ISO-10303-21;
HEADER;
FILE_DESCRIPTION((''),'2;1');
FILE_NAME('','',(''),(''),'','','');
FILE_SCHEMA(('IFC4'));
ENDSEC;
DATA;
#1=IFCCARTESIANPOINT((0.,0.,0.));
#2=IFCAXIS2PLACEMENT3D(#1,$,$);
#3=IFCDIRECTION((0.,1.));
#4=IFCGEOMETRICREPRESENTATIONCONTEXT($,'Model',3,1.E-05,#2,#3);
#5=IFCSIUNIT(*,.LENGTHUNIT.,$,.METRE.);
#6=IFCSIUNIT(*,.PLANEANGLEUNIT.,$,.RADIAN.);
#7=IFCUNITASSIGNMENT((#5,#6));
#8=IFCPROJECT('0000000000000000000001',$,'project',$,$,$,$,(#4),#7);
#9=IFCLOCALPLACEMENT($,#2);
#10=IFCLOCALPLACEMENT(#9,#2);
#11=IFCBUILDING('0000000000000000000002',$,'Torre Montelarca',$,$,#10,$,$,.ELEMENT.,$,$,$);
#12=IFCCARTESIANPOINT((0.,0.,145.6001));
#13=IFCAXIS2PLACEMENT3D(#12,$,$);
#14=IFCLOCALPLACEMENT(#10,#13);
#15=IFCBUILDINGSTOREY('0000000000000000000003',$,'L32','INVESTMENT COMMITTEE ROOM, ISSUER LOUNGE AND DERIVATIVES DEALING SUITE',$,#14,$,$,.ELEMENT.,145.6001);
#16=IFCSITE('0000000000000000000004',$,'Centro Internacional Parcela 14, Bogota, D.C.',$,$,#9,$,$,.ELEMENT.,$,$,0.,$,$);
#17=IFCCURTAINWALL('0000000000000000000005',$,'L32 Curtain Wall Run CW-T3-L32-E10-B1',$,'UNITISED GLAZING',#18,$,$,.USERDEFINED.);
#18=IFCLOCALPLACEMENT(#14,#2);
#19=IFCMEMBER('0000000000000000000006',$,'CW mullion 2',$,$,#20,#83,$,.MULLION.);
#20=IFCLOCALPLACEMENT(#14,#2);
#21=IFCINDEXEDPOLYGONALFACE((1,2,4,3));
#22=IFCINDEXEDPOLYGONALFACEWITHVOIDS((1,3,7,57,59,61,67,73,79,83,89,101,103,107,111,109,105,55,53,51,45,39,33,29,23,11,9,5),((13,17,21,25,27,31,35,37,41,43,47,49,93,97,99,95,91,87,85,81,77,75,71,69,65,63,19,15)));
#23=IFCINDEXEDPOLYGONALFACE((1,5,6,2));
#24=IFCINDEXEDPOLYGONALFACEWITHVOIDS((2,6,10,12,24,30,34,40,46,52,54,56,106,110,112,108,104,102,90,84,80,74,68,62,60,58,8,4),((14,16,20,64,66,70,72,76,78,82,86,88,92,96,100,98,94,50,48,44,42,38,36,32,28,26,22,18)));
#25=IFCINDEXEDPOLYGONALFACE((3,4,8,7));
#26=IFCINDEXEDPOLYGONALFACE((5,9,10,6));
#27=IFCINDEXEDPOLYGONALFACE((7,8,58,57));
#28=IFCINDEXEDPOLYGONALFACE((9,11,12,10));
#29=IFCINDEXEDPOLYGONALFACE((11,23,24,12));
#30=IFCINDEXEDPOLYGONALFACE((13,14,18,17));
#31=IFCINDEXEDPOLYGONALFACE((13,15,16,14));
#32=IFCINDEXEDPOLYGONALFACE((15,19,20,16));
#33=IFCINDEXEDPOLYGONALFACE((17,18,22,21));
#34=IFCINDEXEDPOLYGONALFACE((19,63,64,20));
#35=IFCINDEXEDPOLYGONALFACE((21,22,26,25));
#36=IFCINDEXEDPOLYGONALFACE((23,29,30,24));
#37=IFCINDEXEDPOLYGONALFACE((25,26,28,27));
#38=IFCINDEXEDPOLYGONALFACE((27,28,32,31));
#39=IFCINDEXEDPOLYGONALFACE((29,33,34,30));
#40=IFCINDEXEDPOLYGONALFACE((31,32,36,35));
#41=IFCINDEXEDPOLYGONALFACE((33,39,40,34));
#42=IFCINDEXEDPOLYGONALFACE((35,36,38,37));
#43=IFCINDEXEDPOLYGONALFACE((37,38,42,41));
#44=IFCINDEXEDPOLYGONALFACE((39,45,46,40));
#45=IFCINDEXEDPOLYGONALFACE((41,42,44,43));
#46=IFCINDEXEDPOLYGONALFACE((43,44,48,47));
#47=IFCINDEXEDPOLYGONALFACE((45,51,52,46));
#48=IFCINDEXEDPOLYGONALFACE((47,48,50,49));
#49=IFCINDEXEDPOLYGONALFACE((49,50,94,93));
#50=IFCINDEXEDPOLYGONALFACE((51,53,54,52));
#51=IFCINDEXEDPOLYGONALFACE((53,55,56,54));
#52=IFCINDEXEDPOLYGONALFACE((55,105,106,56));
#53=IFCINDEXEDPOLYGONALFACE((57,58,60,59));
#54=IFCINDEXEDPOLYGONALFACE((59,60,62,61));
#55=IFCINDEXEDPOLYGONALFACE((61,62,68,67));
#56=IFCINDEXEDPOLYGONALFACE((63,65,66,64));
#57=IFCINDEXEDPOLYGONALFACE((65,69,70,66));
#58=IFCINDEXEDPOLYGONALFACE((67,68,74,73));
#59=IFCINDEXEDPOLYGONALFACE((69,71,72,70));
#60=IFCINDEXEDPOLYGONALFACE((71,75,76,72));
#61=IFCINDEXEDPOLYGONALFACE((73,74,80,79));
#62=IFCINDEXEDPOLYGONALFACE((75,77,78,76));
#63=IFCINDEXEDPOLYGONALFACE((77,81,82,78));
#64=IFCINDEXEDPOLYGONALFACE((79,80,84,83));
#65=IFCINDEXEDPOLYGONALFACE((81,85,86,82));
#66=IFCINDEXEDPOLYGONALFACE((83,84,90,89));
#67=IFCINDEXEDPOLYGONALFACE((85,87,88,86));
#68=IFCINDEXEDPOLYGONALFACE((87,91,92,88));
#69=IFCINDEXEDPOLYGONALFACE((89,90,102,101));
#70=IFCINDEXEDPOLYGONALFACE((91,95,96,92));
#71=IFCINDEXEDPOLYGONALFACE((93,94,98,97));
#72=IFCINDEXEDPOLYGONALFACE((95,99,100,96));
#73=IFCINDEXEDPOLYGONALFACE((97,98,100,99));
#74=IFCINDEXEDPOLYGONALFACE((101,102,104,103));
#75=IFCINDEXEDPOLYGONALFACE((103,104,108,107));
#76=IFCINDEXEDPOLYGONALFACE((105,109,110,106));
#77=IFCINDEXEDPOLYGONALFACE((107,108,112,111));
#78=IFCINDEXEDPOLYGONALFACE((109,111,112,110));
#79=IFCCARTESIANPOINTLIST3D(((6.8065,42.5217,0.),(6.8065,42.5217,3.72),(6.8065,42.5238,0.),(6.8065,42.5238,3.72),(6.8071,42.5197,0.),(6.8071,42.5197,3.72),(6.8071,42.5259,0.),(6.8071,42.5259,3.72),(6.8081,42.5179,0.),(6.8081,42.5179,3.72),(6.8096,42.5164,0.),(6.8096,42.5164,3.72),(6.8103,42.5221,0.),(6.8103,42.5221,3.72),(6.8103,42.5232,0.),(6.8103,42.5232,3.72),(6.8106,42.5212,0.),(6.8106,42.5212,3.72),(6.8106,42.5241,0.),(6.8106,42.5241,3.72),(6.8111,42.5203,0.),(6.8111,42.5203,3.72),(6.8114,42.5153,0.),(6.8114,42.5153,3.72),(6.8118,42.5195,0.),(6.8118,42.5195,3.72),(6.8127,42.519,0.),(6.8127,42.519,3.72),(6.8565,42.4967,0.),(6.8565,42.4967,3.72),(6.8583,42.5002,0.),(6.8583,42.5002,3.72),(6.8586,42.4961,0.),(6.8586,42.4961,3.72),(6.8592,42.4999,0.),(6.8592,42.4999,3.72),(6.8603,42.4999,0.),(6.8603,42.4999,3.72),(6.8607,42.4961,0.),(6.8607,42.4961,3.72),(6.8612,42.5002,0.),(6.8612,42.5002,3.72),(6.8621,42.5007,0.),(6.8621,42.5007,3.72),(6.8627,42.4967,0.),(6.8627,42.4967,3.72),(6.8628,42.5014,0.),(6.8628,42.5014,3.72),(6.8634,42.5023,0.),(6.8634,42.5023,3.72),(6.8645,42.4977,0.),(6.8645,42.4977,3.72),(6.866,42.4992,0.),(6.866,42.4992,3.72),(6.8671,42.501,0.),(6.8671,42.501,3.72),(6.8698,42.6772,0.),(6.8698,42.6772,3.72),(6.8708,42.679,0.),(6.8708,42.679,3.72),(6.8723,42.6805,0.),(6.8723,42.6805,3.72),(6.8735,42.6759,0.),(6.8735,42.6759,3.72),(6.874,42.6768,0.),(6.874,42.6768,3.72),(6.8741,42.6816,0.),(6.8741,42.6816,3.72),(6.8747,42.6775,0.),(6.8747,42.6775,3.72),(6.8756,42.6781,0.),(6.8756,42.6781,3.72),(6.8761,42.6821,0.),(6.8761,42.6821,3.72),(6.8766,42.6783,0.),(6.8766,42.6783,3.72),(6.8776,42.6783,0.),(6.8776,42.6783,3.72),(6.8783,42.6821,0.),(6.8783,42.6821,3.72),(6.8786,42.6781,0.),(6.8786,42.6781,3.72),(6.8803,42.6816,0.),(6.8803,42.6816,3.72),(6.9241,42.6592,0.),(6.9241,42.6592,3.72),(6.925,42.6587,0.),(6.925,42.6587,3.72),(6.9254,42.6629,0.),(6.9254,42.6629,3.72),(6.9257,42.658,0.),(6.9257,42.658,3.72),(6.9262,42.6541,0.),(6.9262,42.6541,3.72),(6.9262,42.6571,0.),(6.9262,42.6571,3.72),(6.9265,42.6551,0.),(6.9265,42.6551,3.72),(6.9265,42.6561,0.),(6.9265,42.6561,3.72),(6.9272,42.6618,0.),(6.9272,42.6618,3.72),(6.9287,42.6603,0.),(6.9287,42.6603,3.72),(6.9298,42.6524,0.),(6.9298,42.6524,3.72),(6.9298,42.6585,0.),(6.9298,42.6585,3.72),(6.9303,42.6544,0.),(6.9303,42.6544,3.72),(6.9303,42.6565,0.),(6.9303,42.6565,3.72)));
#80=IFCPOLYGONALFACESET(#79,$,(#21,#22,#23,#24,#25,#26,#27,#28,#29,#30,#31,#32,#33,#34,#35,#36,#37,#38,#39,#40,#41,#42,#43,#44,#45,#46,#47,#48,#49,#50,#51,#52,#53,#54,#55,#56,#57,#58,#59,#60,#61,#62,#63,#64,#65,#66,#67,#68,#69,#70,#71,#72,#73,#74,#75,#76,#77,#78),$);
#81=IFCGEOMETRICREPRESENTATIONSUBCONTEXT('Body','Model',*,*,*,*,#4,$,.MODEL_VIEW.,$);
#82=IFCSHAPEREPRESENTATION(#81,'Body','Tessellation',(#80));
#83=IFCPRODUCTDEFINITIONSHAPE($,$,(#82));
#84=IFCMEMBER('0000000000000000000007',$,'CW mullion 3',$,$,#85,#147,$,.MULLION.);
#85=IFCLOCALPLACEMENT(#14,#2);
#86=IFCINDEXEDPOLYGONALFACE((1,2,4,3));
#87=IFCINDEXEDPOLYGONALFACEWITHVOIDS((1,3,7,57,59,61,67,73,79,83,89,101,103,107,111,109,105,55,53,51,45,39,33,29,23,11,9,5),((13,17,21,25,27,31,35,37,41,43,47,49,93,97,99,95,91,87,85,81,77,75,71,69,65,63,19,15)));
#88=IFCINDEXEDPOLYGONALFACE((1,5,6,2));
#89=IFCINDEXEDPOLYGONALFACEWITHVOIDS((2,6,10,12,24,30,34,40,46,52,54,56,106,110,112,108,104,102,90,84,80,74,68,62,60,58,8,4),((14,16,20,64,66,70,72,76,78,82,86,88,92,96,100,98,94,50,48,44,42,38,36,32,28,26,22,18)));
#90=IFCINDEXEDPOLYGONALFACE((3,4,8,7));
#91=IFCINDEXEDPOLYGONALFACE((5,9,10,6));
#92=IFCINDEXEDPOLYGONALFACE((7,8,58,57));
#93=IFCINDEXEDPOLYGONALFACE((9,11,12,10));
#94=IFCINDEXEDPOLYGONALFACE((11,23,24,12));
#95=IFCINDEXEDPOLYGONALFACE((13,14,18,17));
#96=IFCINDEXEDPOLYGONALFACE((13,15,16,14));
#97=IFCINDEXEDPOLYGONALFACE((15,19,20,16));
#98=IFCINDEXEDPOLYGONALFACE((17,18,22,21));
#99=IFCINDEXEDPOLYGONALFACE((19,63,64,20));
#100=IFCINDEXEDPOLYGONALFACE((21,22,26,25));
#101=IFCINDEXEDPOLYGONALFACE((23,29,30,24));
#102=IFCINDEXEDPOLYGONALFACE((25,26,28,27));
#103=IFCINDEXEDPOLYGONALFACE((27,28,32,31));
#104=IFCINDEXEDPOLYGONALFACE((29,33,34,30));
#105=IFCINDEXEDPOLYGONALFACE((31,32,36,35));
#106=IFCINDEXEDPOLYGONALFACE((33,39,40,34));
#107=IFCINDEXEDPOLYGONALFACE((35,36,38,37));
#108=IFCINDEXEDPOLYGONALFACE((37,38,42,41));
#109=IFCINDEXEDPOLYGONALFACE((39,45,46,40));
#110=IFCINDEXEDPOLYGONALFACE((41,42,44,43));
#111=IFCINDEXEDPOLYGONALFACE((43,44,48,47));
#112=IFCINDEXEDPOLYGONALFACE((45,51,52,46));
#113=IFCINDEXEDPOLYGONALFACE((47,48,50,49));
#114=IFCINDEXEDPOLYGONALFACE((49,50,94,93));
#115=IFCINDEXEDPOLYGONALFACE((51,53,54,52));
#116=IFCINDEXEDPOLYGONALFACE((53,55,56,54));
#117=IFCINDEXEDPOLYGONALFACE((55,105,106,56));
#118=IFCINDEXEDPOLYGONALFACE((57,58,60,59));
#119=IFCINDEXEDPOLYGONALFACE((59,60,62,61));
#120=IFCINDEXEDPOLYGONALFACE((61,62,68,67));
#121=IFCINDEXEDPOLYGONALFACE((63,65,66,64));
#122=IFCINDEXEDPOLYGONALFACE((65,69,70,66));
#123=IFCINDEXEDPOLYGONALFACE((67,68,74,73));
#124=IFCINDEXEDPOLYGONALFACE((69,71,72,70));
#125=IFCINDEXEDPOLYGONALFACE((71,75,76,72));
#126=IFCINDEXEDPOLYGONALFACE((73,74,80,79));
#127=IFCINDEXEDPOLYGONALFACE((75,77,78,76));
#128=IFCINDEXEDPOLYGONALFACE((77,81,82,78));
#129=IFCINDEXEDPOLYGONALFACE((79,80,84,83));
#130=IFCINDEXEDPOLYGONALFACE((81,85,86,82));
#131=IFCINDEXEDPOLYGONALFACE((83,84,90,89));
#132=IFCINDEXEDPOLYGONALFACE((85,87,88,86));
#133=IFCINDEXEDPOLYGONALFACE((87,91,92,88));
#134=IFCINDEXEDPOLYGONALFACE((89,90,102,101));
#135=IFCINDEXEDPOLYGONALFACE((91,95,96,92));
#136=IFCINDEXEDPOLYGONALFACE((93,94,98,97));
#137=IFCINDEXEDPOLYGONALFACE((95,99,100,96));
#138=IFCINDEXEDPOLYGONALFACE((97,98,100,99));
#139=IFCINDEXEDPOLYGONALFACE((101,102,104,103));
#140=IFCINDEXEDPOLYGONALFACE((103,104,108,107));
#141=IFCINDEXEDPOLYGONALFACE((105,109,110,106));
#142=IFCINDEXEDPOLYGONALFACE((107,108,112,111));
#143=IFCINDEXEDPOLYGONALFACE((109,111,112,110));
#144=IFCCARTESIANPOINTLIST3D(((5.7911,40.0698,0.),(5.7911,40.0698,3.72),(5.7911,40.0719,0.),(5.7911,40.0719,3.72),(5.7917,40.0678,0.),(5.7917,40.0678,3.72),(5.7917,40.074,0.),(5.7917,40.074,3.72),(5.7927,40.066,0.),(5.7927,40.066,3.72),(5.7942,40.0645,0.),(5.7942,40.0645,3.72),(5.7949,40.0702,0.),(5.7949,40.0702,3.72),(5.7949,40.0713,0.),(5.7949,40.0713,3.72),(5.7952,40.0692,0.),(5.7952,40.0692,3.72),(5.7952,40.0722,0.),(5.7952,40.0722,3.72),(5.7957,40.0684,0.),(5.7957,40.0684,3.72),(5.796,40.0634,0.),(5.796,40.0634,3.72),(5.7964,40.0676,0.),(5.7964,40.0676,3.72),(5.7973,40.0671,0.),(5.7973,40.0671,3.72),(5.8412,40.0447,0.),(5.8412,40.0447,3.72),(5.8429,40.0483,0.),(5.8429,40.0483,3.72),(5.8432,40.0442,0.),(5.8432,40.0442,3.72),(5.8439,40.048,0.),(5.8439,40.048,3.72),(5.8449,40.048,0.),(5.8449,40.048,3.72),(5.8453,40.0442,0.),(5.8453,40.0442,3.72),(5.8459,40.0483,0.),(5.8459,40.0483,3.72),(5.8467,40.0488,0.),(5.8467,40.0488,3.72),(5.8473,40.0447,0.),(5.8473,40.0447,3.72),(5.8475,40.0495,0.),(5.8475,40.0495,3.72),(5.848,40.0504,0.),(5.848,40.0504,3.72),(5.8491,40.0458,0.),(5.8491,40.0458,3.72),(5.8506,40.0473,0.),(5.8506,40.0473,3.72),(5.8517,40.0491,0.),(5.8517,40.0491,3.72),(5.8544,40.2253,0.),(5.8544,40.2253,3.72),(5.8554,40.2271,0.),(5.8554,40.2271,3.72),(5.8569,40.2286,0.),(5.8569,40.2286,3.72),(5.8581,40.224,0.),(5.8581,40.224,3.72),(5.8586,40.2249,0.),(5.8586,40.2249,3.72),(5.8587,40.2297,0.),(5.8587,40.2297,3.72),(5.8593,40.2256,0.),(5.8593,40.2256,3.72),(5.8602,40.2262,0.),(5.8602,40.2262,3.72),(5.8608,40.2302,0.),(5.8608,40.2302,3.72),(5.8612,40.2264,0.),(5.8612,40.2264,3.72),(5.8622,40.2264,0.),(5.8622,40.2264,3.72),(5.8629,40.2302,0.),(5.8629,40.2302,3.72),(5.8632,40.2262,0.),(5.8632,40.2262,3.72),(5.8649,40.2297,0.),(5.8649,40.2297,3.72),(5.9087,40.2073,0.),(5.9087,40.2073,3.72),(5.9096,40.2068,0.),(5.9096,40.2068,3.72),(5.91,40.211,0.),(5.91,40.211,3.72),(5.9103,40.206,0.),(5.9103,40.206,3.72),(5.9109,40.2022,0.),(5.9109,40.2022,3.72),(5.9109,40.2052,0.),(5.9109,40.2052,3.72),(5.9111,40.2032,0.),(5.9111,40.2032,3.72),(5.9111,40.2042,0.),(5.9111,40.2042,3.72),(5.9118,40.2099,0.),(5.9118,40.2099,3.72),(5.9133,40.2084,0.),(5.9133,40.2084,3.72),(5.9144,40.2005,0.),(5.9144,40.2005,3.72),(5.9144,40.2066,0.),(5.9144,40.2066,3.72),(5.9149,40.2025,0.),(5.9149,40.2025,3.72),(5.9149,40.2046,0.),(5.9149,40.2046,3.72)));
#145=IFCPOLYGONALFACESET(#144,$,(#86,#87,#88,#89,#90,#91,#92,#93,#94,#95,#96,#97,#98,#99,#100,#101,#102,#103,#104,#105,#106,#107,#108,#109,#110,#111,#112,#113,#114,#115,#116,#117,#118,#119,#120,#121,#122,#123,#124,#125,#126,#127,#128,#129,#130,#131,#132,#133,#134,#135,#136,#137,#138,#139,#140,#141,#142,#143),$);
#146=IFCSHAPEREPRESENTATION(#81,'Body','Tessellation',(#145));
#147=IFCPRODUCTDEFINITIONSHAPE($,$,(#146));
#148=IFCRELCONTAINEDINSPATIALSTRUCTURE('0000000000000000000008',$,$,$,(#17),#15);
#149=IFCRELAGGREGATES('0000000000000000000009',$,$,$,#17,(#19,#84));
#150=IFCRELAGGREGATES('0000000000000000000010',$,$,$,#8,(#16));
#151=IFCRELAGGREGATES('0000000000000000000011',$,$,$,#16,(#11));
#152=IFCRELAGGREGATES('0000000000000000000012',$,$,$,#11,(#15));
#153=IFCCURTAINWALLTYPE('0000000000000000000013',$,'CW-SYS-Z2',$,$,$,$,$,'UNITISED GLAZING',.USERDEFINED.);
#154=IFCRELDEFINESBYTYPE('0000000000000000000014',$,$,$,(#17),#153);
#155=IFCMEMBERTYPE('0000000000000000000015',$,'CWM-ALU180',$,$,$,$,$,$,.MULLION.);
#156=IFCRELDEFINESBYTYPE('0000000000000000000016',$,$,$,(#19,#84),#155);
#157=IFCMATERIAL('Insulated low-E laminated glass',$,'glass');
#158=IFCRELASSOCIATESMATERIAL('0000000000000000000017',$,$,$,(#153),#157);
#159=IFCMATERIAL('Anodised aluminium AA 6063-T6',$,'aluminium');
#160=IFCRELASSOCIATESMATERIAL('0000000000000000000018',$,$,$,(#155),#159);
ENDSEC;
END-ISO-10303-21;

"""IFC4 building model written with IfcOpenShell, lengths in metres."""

from ifc_helpers import new_model, si_unit, direction, frame, origin, origin_2d, place, context, subcontext, project, spatial, hollow_rectangle, extrude, source, transform, mapped, material, material_profile, profile_set, type_object, element, aggregate, save


model = new_model("IFC4")

# Units and contexts
model_context = context("Model", 3, precision=1e-05, world=origin(), true_north=direction((0.0, 1.0)))
body_context = subcontext(model_context, "Body", "Model", "MODEL_VIEW")
ifc_project = project(units=[si_unit("LENGTHUNIT", "METRE"), si_unit("PLANEANGLEUNIT", "RADIAN")], contexts=[model_context])

# Site, building, storey
site_placement = place(None, origin())
site = spatial("IfcSite", under=ifc_project, at=site_placement, Name="Centro Internacional Parcela 14, Bogota, D.C.", CompositionType="ELEMENT", RefElevation=0.0)
building_placement = place(site_placement, origin())
building = spatial("IfcBuilding", under=site, at=building_placement, Name="Torre Montelarca", CompositionType="ELEMENT")
storey_placement = place(building_placement, frame((0.0, 0.0, 145.6001)))
storey = spatial("IfcBuildingStorey", under=building, at=storey_placement, Name="L32", Description="INVESTMENT COMMITTEE ROOM, ISSUER LOUNGE AND DERIVATIVES DEALING SUITE", CompositionType="ELEMENT", Elevation=145.6001)

# Curtain wall
ifc_material_1 = material(Name="Insulated low-E laminated glass", Category="glass")
curtain_wall_type = type_object("IfcCurtainWallType", Name="CW-SYS-Z2", ElementType="UNITISED GLAZING", PredefinedType="USERDEFINED", material=ifc_material_1)
ifc_material_2 = material(Name="Anodised aluminium AA 6063-T6", Category="aluminium")
curtain_wall_1_placement = place(storey_placement, origin())
curtain_wall_1 = element("IfcCurtainWall", 1, at=curtain_wall_1_placement, inside=storey, type_object=curtain_wall_type, Name="L32 Curtain Wall Run CW-T3-L32-E10-B1", ObjectType="UNITISED GLAZING", PredefinedType="USERDEFINED")
ifc_material_profile_1 = material_profile(ifc_material_2, hollow_rectangle(XDim=0.0649, YDim=0.1799, WallThickness=0.0039, InnerFilletRadius=0.0039, OuterFilletRadius=0.0081, at=origin_2d()), Name="ALU65X180X4", Category="aluminium")
ifc_profile_set_1 = profile_set([ifc_material_profile_1], Name="Anodised aluminium AA 6063-T6")
member_type_1 = type_object("IfcMemberType", Name="CWM-ALU180", PredefinedType="MULLION", material=ifc_profile_set_1)
shared_shape_1 = source(origin(), body_context, "Body", "SweptSolid", [
    extrude(hollow_rectangle(XDim=0.0649, YDim=0.1799, WallThickness=0.0039, InnerFilletRadius=0.0039, OuterFilletRadius=0.0081, at=origin_2d()), origin(), (0.0, 0.0, 1.0), 3.72),
])

# Members
member_1_placement = place(storey_placement, frame((6.8684, 42.5891, 0.0), z_axis=(0.0, 0.0, 1.0), x_axis=(0.923876, -0.382692, 0.0)))
member_1 = element("IfcMember", 2, at=member_1_placement, type_object=member_type_1, Name="CW mullion 2", PredefinedType="MULLION", context=body_context, shape_type="MappedRepresentation", body=[
    mapped(shared_shape_1, transform((0.0, 0.0, 0.0), scale=1.0)),
])
member_2_placement = place(storey_placement, frame((5.853, 40.1372, 0.0), z_axis=(0.0, 0.0, 1.0), x_axis=(0.923876, -0.382692, 0.0)))
member_2 = element("IfcMember", 3, at=member_2_placement, type_object=member_type_1, Name="CW mullion 3", PredefinedType="MULLION", context=body_context, shape_type="MappedRepresentation", body=[
    mapped(shared_shape_1, transform((0.0, 0.0, 0.0), scale=1.0)),
])

aggregate(curtain_wall_1, [member_1, member_2])

save(model, "model.ifc")
